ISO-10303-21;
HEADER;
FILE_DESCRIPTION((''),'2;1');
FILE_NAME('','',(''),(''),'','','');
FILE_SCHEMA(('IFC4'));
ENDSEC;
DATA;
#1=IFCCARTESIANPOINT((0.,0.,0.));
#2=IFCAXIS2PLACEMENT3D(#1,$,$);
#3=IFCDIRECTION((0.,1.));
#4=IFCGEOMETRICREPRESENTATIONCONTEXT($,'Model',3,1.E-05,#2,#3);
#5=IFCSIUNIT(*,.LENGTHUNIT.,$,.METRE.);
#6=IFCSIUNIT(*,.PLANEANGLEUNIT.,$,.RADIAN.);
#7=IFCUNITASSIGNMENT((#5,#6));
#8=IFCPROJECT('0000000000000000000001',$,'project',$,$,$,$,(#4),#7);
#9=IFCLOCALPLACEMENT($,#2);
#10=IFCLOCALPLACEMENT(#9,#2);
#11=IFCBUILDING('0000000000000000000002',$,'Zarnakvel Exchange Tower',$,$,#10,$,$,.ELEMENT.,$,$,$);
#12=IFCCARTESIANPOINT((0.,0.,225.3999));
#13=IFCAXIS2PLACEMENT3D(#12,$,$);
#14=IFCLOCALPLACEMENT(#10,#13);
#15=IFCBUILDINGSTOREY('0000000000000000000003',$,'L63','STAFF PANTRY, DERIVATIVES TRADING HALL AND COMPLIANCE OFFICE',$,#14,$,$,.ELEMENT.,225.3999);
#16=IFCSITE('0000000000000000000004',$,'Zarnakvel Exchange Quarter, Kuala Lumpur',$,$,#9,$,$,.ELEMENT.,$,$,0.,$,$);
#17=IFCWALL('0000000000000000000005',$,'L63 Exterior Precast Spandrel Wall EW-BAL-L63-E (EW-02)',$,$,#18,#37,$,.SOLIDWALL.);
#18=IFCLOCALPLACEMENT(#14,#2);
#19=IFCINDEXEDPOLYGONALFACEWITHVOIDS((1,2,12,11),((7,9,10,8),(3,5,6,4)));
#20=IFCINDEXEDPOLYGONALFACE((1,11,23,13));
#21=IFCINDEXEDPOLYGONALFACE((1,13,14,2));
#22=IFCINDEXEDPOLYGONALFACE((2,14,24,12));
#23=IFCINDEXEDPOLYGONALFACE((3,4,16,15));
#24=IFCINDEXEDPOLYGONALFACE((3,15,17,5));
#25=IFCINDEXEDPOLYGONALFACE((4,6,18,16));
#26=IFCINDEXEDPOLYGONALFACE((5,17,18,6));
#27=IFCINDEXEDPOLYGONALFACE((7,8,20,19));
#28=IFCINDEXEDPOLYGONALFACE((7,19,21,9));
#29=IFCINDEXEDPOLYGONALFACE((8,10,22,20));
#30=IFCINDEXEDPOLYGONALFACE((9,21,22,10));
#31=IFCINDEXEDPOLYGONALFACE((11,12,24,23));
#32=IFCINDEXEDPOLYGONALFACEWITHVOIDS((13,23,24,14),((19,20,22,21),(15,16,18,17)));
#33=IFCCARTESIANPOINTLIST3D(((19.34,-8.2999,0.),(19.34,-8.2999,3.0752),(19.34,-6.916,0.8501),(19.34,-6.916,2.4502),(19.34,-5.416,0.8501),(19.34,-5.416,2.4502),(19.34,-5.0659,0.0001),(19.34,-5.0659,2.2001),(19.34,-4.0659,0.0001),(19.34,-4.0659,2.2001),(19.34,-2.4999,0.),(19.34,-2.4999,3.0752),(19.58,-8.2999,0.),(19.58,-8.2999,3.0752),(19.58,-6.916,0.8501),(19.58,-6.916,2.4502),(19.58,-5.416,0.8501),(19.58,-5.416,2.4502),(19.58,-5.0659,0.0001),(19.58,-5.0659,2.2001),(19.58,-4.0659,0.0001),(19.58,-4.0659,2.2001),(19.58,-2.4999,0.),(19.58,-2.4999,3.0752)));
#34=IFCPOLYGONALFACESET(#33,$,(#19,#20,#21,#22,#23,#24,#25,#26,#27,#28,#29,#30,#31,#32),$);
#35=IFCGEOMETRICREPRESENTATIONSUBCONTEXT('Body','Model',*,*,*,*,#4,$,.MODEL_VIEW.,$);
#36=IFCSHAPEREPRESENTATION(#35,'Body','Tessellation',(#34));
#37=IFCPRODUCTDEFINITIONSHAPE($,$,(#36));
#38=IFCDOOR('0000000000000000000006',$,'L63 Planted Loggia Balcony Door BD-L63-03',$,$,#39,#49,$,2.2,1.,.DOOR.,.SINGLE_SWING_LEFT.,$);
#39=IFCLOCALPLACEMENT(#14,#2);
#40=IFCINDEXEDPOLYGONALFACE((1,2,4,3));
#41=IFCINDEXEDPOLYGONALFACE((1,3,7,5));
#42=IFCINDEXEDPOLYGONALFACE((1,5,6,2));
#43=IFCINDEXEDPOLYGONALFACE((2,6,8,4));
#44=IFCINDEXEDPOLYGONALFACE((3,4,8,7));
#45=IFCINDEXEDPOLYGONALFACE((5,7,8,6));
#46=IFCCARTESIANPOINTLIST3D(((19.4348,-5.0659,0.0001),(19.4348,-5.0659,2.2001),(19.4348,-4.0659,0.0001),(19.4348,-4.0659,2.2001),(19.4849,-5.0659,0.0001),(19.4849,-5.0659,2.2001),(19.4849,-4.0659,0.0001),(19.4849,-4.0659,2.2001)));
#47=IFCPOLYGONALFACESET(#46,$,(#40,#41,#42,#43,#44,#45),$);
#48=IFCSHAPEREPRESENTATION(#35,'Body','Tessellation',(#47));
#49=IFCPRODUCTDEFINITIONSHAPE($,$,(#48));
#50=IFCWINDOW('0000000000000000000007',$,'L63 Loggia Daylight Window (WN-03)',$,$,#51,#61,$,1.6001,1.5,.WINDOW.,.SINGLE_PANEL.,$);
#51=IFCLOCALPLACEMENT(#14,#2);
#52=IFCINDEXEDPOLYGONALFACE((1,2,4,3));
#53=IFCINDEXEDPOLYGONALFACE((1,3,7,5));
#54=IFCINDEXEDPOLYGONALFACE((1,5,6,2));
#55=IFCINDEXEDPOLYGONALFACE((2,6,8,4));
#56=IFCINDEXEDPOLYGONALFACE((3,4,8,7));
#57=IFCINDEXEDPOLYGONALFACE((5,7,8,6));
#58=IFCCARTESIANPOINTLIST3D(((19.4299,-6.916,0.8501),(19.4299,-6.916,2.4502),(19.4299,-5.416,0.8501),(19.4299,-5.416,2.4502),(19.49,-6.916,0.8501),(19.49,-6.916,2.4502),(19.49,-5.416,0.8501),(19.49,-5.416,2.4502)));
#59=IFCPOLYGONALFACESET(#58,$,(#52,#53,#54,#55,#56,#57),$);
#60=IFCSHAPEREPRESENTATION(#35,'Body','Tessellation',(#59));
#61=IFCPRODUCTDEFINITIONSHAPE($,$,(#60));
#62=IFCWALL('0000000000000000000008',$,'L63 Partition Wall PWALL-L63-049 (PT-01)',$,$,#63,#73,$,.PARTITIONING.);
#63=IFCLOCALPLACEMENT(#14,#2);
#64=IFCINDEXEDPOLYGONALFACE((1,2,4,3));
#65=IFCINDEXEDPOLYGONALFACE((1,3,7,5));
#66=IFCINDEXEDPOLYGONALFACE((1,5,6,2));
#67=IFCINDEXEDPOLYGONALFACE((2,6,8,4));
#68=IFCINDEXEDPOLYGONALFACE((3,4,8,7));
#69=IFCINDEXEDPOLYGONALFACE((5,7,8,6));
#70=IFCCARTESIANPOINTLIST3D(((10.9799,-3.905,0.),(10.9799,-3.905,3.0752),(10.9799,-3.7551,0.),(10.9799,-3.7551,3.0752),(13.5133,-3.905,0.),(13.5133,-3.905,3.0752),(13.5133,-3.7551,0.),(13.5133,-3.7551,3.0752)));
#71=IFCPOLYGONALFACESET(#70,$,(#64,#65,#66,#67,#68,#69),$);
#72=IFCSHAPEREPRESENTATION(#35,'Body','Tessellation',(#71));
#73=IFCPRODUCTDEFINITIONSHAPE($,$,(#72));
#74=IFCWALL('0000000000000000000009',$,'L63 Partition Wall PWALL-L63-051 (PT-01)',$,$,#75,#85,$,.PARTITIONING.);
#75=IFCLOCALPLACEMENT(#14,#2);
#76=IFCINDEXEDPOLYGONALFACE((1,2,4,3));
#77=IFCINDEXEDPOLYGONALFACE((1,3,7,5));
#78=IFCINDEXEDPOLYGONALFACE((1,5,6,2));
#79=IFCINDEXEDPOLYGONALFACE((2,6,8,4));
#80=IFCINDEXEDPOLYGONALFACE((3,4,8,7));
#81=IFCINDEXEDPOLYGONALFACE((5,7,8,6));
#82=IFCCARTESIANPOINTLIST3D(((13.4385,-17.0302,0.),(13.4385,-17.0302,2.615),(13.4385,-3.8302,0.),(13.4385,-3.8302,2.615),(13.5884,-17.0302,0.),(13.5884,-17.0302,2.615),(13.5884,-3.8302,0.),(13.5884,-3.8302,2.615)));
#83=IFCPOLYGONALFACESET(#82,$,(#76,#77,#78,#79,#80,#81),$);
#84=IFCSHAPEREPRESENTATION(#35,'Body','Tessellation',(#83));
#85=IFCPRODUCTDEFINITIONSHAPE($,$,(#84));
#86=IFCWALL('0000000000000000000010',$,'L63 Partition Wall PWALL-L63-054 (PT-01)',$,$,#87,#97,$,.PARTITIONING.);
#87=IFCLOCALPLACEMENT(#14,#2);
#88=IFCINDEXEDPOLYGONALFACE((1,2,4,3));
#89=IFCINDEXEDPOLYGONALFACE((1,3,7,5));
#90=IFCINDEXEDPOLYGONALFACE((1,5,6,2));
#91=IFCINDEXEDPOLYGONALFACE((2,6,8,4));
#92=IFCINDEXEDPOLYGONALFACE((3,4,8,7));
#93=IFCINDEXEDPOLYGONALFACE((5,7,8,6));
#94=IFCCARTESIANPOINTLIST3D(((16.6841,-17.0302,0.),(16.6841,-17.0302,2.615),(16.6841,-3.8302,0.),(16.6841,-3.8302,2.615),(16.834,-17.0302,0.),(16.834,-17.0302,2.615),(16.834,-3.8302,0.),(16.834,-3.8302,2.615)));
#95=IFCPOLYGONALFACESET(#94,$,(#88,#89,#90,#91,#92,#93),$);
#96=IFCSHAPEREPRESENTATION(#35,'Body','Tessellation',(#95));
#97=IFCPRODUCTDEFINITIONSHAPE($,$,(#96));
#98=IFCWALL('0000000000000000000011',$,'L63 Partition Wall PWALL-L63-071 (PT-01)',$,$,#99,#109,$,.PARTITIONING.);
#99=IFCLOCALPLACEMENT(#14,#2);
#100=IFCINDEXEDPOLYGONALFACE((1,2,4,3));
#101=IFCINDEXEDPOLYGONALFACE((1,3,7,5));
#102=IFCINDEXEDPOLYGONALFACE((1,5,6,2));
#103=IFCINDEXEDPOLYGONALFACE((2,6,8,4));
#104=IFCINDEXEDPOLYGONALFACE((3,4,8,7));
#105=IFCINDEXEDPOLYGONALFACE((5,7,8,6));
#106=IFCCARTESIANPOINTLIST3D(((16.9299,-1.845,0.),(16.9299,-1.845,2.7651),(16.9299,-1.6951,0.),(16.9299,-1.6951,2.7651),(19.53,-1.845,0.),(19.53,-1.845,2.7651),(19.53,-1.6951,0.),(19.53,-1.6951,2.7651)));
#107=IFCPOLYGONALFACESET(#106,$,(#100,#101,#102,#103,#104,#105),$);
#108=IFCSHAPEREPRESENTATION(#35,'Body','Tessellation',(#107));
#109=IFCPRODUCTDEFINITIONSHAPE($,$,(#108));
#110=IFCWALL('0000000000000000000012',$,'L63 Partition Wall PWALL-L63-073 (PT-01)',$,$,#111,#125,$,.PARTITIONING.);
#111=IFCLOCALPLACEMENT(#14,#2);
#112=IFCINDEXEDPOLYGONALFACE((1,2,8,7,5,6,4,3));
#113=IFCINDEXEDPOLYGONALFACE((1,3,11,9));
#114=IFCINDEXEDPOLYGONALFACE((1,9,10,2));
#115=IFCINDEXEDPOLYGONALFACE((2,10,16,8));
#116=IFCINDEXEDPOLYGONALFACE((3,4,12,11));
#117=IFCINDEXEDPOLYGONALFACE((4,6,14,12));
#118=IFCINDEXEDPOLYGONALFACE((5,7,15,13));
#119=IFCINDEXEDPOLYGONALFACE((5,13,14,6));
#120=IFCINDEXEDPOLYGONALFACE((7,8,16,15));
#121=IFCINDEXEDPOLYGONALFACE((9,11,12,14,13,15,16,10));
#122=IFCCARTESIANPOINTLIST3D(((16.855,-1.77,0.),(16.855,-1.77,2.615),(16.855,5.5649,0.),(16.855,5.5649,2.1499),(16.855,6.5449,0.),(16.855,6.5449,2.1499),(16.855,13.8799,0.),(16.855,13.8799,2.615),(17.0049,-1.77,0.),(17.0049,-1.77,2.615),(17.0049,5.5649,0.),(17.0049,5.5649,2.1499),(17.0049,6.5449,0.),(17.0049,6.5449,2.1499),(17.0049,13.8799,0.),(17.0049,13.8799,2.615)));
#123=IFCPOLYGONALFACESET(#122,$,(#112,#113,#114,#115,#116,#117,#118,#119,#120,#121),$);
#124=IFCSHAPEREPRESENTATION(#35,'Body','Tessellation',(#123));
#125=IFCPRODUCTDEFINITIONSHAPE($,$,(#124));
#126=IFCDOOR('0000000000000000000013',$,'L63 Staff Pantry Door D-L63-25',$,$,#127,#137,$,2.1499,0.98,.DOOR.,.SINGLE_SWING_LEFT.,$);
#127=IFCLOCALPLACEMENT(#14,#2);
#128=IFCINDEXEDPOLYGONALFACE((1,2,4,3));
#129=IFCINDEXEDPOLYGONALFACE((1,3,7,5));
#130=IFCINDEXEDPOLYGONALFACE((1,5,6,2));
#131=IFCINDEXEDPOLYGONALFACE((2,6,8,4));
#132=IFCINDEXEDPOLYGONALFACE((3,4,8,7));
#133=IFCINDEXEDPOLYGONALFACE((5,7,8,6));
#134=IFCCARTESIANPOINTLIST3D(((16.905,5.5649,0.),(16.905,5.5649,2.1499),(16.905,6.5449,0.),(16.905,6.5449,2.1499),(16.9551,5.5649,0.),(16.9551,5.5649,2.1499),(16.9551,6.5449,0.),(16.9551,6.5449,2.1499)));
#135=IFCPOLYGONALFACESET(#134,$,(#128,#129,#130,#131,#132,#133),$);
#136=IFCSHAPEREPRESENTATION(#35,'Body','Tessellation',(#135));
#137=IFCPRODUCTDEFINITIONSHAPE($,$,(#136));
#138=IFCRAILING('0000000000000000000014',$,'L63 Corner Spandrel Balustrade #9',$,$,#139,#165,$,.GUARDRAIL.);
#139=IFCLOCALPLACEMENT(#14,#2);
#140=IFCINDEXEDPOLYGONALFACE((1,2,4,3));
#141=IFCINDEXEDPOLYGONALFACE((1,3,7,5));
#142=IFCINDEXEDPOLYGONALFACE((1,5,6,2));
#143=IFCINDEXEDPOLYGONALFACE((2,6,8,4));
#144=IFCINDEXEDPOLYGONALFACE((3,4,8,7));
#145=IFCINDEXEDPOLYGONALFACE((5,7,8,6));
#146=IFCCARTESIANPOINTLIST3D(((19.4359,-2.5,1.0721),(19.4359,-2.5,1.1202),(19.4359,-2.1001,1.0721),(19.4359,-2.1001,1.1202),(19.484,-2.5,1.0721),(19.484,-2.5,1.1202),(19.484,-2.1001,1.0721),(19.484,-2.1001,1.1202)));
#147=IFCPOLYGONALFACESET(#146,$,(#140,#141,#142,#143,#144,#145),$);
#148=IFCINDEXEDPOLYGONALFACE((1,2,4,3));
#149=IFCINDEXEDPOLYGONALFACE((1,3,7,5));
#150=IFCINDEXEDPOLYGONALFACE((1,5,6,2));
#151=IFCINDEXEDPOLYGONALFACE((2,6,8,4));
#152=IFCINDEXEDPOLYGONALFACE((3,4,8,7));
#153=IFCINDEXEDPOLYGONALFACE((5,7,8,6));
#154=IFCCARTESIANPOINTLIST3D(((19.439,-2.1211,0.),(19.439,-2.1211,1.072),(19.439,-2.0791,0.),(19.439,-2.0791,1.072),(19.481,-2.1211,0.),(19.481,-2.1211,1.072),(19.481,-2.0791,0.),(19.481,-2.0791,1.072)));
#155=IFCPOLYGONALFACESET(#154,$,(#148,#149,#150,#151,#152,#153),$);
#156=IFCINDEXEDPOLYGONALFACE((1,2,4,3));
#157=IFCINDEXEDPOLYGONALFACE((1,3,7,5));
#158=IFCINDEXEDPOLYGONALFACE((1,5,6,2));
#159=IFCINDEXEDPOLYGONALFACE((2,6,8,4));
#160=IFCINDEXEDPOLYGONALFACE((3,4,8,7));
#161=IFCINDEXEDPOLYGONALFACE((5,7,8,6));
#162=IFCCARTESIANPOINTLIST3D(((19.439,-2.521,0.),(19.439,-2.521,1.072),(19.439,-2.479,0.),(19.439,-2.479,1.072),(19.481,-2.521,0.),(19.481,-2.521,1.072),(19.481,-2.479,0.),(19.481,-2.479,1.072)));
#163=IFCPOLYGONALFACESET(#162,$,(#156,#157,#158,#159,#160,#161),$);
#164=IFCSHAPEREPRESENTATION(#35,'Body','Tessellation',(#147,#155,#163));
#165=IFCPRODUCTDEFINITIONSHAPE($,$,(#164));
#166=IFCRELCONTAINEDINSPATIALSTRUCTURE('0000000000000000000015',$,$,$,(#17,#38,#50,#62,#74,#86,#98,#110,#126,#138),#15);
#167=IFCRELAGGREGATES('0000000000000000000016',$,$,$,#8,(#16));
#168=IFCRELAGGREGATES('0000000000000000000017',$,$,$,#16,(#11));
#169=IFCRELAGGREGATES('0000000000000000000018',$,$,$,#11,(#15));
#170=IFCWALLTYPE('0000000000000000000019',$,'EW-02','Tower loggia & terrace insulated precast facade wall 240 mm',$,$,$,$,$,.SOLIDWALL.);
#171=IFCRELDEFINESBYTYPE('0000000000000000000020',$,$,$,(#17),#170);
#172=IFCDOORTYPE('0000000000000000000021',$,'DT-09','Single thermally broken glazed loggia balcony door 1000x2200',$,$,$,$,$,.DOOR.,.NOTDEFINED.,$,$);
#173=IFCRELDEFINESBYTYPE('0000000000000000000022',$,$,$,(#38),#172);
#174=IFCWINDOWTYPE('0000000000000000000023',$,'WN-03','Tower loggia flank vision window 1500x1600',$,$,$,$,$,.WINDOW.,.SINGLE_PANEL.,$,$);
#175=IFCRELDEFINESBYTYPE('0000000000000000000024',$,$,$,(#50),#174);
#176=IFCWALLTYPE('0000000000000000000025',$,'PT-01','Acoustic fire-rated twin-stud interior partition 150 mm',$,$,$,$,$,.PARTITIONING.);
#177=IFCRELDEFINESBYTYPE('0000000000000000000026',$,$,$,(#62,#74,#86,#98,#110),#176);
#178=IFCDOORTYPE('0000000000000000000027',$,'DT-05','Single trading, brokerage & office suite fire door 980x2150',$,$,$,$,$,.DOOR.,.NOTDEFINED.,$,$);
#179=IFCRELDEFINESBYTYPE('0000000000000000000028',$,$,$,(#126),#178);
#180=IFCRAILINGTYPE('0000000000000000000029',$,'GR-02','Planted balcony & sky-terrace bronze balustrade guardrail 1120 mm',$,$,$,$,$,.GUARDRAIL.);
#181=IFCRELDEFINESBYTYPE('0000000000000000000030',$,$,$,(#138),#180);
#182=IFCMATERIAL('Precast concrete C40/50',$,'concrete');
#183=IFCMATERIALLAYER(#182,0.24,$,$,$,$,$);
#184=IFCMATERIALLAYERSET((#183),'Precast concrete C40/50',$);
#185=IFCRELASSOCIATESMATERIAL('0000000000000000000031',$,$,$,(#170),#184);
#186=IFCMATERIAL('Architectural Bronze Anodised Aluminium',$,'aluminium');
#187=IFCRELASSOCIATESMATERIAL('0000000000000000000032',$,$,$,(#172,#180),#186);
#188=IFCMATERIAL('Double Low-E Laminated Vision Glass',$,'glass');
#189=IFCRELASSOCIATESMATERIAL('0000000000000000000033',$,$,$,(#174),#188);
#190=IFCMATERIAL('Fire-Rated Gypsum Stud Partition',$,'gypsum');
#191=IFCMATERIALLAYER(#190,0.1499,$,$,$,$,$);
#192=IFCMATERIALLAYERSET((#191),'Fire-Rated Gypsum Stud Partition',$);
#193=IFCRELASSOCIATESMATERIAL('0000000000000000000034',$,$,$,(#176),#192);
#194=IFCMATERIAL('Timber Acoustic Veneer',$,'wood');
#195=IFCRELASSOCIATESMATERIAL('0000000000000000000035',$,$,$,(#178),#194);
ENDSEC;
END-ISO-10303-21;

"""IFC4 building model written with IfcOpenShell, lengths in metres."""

from ifc_helpers import new_model, si_unit, direction, frame, frame_2d, origin, origin_2d, place, context, subcontext, project, spatial, rectangle, extrude, source, transform, mapped, material, layer, layer_set, type_object, element, fill, save


model = new_model("IFC4")

# Units and contexts
model_context = context("Model", 3, precision=1e-05, world=origin(), true_north=direction((0.0, 1.0)))
body_context = subcontext(model_context, "Body", "Model", "MODEL_VIEW")
ifc_project = project(units=[si_unit("LENGTHUNIT", "METRE"), si_unit("PLANEANGLEUNIT", "RADIAN")], contexts=[model_context])

# Site, building, storey
site_placement = place(None, origin())
site = spatial("IfcSite", under=ifc_project, at=site_placement, Name="Zarnakvel Exchange Quarter, Kuala Lumpur", CompositionType="ELEMENT", RefElevation=0.0)
building_placement = place(site_placement, origin())
building = spatial("IfcBuilding", under=site, at=building_placement, Name="Zarnakvel Exchange Tower", CompositionType="ELEMENT")
storey_placement = place(building_placement, frame((0.0, 0.0, 225.3999)))
storey = spatial("IfcBuildingStorey", under=building, at=storey_placement, Name="L63", Description="STAFF PANTRY, DERIVATIVES TRADING HALL AND COMPLIANCE OFFICE", CompositionType="ELEMENT", Elevation=225.3999)

# Shared definitions
ifc_material_1 = material(Name="Architectural Bronze Anodised Aluminium", Category="aluminium")

# Wall, openings, door, window
ifc_material_2 = material(Name="Precast concrete C40/50", Category="concrete")
ifc_layer_1 = layer(ifc_material_2, 0.24)
ifc_layer_set_1 = layer_set([ifc_layer_1], Name="Precast concrete C40/50")
wall_type_1 = type_object("IfcWallType", Name="EW-02", Description="Tower loggia & terrace insulated precast facade wall 240 mm", PredefinedType="SOLIDWALL", material=ifc_layer_set_1)
wall_1_placement = place(storey_placement, frame((19.46, -2.5, 0.0), z_axis=(0.0, 0.0, 1.0), x_axis=(0.0, -1.0, 0.0)))
wall_1 = element("IfcWall", 1, at=wall_1_placement, inside=storey, type_object=wall_type_1, Name="L63 Exterior Precast Spandrel Wall EW-BAL-L63-E (EW-02)", PredefinedType="SOLIDWALL", context=body_context, shape_type="SweptSolid", body=[
    extrude(rectangle(XDim=5.8, YDim=0.24, at=frame_2d((2.8999, 0.0))), origin(), (0.0, 0.0, 1.0), 3.0752),
])
opening_1_placement = place(wall_1_placement, frame((1.5659, 0.0, 0.0)))
opening_1 = element("IfcOpeningElement", 2, at=opening_1_placement, cuts=wall_1, PredefinedType="OPENING", context=body_context, shape_type="SweptSolid", body=[
    extrude(rectangle(XDim=1.0, YDim=2.2, at=frame_2d((0.5, 1.1001))), frame((0.0, 0.1299, 0.0), z_axis=(0.0, -1.0, 0.0), x_axis=(1.0, 0.0, 0.0)), (0.0, 0.0, 1.0), 0.26),
])
opening_2_placement = place(wall_1_placement, frame((2.916, 0.0, 0.8501)))
opening_2 = element("IfcOpeningElement", 3, at=opening_2_placement, cuts=wall_1, PredefinedType="OPENING", context=body_context, shape_type="SweptSolid", body=[
    extrude(rectangle(XDim=1.5, YDim=1.6001, at=frame_2d((0.75, 0.8))), frame((0.0, 0.1299, 0.0), z_axis=(0.0, -1.0, 0.0), x_axis=(1.0, 0.0, 0.0)), (0.0, 0.0, 1.0), 0.26),
])
door_type_1 = type_object("IfcDoorType", Name="DT-09", Description="Single thermally broken glazed loggia balcony door 1000x2200", OperationType="NOTDEFINED", PredefinedType="DOOR", material=ifc_material_1)
shared_shape_1 = source(origin(), body_context, "Body", "SweptSolid", [
    extrude(rectangle(XDim=1.0, YDim=2.2, at=frame_2d((0.5, 1.1001))), frame((0.0, 0.0249, 0.0), z_axis=(0.0, -1.0, 0.0), x_axis=(1.0, 0.0, 0.0)), (0.0, 0.0, 1.0), 0.05),
])
door_1_placement = place(opening_1_placement, origin())
door_1 = element("IfcDoor", 4, at=door_1_placement, inside=storey, type_object=door_type_1, Name="L63 Planted Loggia Balcony Door BD-L63-03", OperationType="SINGLE_SWING_LEFT", OverallHeight=2.2, OverallWidth=1.0, PredefinedType="DOOR", context=body_context, shape_type="MappedRepresentation", body=[
    mapped(shared_shape_1, transform((0.0, 0.0, 0.0), x_axis=(1.0, 0.0, 0.0), y_axis=(0.0, 1.0, 0.0), z_axis=(0.0, 0.0, 1.0), scale=1.0)),
])
fill(opening_1, door_1)
ifc_material_3 = material(Name="Double Low-E Laminated Vision Glass", Category="glass")
window_type = type_object("IfcWindowType", Name="WN-03", Description="Tower loggia flank vision window 1500x1600", PartitioningType="SINGLE_PANEL", PredefinedType="WINDOW", material=ifc_material_3)
shared_shape_2 = source(origin(), body_context, "Body", "SweptSolid", [
    extrude(rectangle(XDim=1.5, YDim=1.6001, at=frame_2d((0.75, 0.8))), frame((0.0, 0.03, 0.0), z_axis=(0.0, -1.0, 0.0), x_axis=(1.0, 0.0, 0.0)), (0.0, 0.0, 1.0), 0.0601),
])
window_placement = place(opening_2_placement, origin())
window = element("IfcWindow", 5, at=window_placement, inside=storey, type_object=window_type, Name="L63 Loggia Daylight Window (WN-03)", OverallHeight=1.6001, OverallWidth=1.5, PartitioningType="SINGLE_PANEL", PredefinedType="WINDOW", context=body_context, shape_type="MappedRepresentation", body=[
    mapped(shared_shape_2, transform((0.0, 0.0, 0.0), x_axis=(1.0, 0.0, 0.0), y_axis=(0.0, 1.0, 0.0), z_axis=(0.0, 0.0, 1.0), scale=1.0)),
])
fill(opening_2, window)

# Walls
ifc_material_4 = material(Name="Fire-Rated Gypsum Stud Partition", Category="gypsum")
ifc_layer_2 = layer(ifc_material_4, 0.1499)
ifc_layer_set_2 = layer_set([ifc_layer_2], Name="Fire-Rated Gypsum Stud Partition")
wall_type_2 = type_object("IfcWallType", Name="PT-01", Description="Acoustic fire-rated twin-stud interior partition 150 mm", PredefinedType="PARTITIONING", material=ifc_layer_set_2)
wall_2_placement = place(storey_placement, frame((10.98, -3.8301, 0.0), z_axis=(0.0, 0.0, 1.0), x_axis=(1.0, 0.0, 0.0)))
element("IfcWall", 6, at=wall_2_placement, inside=storey, type_object=wall_type_2, Name="L63 Partition Wall PWALL-L63-049 (PT-01)", PredefinedType="PARTITIONING", context=body_context, shape_type="SweptSolid", body=[
    extrude(rectangle(XDim=2.5334, YDim=0.1499, at=frame_2d((1.2666, 0.0))), origin(), (0.0, 0.0, 1.0), 3.0752),
])
wall_3_placement = place(storey_placement, frame((13.5134, -3.8301, 0.0), z_axis=(0.0, 0.0, 1.0), x_axis=(0.0, -1.0, 0.0)))
element("IfcWall", 7, at=wall_3_placement, inside=storey, type_object=wall_type_2, Name="L63 Partition Wall PWALL-L63-051 (PT-01)", PredefinedType="PARTITIONING", context=body_context, shape_type="SweptSolid", body=[
    extrude(rectangle(XDim=13.2, YDim=0.1499, at=frame_2d((6.6001, 0.0))), origin(), (0.0, 0.0, 1.0), 2.615),
])

# Shared definitions
ifc_material_5 = material(Name="Timber Acoustic Veneer", Category="wood")
door_type_2 = type_object("IfcDoorType", Name="DT-05", Description="Single trading, brokerage & office suite fire door 980x2150", OperationType="NOTDEFINED", PredefinedType="DOOR", material=ifc_material_5)
shared_shape_3 = source(origin(), body_context, "Body", "SweptSolid", [
    extrude(rectangle(XDim=0.98, YDim=2.1499, at=frame_2d((0.49, 1.075))), frame((0.0, 0.0249, 0.0), z_axis=(0.0, -1.0, 0.0), x_axis=(1.0, 0.0, 0.0)), (0.0, 0.0, 1.0), 0.05),
])

# Wall
wall_4_placement = place(storey_placement, frame((16.759, -3.8301, 0.0), z_axis=(0.0, 0.0, 1.0), x_axis=(0.0, -1.0, 0.0)))
element("IfcWall", 8, at=wall_4_placement, inside=storey, type_object=wall_type_2, Name="L63 Partition Wall PWALL-L63-054 (PT-01)", PredefinedType="PARTITIONING", context=body_context, shape_type="SweptSolid", body=[
    extrude(rectangle(XDim=13.2, YDim=0.1499, at=frame_2d((6.6001, 0.0))), origin(), (0.0, 0.0, 1.0), 2.615),
])

# Wall
wall_5_placement = place(storey_placement, frame((19.53, -1.77, 0.0), z_axis=(0.0, 0.0, 1.0), x_axis=(-1.0, 0.0, 0.0)))
element("IfcWall", 9, at=wall_5_placement, inside=storey, type_object=wall_type_2, Name="L63 Partition Wall PWALL-L63-071 (PT-01)", PredefinedType="PARTITIONING", context=body_context, shape_type="SweptSolid", body=[
    extrude(rectangle(XDim=2.6001, YDim=0.1499, at=frame_2d((1.3, 0.0))), origin(), (0.0, 0.0, 1.0), 2.7651),
])

# Wall, opening, door
wall_6_placement = place(storey_placement, frame((16.9299, -1.77, 0.0), z_axis=(0.0, 0.0, 1.0), x_axis=(0.0, 1.0, 0.0)))
wall_6 = element("IfcWall", 10, at=wall_6_placement, inside=storey, type_object=wall_type_2, Name="L63 Partition Wall PWALL-L63-073 (PT-01)", PredefinedType="PARTITIONING", context=body_context, shape_type="SweptSolid", body=[
    extrude(rectangle(XDim=15.6499, YDim=0.1499, at=frame_2d((7.825, 0.0))), origin(), (0.0, 0.0, 1.0), 2.615),
])
opening_3_placement = place(wall_6_placement, frame((7.335, 0.0, 0.0)))
opening_3 = element("IfcOpeningElement", 11, at=opening_3_placement, cuts=wall_6, PredefinedType="OPENING", context=body_context, shape_type="SweptSolid", body=[
    extrude(rectangle(XDim=0.98, YDim=2.1499, at=frame_2d((0.49, 1.075))), frame((0.0, 0.085, 0.0), z_axis=(0.0, -1.0, 0.0), x_axis=(1.0, 0.0, 0.0)), (0.0, 0.0, 1.0), 0.1699),
])
door_2_placement = place(opening_3_placement, origin())
door_2 = element("IfcDoor", 12, at=door_2_placement, inside=storey, type_object=door_type_2, Name="L63 Staff Pantry Door D-L63-25", OperationType="SINGLE_SWING_LEFT", OverallHeight=2.1499, OverallWidth=0.98, PredefinedType="DOOR", context=body_context, shape_type="MappedRepresentation", body=[
    mapped(shared_shape_3, transform((0.0, 0.0, 0.0), x_axis=(1.0, 0.0, 0.0), y_axis=(0.0, 1.0, 0.0), z_axis=(0.0, 0.0, 1.0), scale=1.0)),
])
fill(opening_3, door_2)

# Railing
railing_type = type_object("IfcRailingType", Name="GR-02", Description="Planted balcony & sky-terrace bronze balustrade guardrail 1120 mm", PredefinedType="GUARDRAIL", material=ifc_material_1)
railing_placement = place(storey_placement, frame((19.46, -2.1001, 0.0)))
element("IfcRailing", 13, at=railing_placement, inside=storey, type_object=railing_type, Name="L63 Corner Spandrel Balustrade #9", PredefinedType="GUARDRAIL", context=body_context, shape_type="SweptSolid", body=[
    extrude(rectangle(XDim=0.0481, YDim=0.0481, at=origin_2d()), frame((0.0, 0.0, 1.0962), z_axis=(0.0, -1.0, 0.0), x_axis=(1.0, 0.0, 0.0)), (0.0, 0.0, 1.0), 0.3999),
    extrude(rectangle(XDim=0.042, YDim=0.042, at=origin_2d()), origin(), (0.0, 0.0, 1.0), 1.072),
    extrude(rectangle(XDim=0.042, YDim=0.042, at=origin_2d()), frame((0.0, -0.3999, 0.0)), (0.0, 0.0, 1.0), 1.072),
])

save(model, "model.ifc")
